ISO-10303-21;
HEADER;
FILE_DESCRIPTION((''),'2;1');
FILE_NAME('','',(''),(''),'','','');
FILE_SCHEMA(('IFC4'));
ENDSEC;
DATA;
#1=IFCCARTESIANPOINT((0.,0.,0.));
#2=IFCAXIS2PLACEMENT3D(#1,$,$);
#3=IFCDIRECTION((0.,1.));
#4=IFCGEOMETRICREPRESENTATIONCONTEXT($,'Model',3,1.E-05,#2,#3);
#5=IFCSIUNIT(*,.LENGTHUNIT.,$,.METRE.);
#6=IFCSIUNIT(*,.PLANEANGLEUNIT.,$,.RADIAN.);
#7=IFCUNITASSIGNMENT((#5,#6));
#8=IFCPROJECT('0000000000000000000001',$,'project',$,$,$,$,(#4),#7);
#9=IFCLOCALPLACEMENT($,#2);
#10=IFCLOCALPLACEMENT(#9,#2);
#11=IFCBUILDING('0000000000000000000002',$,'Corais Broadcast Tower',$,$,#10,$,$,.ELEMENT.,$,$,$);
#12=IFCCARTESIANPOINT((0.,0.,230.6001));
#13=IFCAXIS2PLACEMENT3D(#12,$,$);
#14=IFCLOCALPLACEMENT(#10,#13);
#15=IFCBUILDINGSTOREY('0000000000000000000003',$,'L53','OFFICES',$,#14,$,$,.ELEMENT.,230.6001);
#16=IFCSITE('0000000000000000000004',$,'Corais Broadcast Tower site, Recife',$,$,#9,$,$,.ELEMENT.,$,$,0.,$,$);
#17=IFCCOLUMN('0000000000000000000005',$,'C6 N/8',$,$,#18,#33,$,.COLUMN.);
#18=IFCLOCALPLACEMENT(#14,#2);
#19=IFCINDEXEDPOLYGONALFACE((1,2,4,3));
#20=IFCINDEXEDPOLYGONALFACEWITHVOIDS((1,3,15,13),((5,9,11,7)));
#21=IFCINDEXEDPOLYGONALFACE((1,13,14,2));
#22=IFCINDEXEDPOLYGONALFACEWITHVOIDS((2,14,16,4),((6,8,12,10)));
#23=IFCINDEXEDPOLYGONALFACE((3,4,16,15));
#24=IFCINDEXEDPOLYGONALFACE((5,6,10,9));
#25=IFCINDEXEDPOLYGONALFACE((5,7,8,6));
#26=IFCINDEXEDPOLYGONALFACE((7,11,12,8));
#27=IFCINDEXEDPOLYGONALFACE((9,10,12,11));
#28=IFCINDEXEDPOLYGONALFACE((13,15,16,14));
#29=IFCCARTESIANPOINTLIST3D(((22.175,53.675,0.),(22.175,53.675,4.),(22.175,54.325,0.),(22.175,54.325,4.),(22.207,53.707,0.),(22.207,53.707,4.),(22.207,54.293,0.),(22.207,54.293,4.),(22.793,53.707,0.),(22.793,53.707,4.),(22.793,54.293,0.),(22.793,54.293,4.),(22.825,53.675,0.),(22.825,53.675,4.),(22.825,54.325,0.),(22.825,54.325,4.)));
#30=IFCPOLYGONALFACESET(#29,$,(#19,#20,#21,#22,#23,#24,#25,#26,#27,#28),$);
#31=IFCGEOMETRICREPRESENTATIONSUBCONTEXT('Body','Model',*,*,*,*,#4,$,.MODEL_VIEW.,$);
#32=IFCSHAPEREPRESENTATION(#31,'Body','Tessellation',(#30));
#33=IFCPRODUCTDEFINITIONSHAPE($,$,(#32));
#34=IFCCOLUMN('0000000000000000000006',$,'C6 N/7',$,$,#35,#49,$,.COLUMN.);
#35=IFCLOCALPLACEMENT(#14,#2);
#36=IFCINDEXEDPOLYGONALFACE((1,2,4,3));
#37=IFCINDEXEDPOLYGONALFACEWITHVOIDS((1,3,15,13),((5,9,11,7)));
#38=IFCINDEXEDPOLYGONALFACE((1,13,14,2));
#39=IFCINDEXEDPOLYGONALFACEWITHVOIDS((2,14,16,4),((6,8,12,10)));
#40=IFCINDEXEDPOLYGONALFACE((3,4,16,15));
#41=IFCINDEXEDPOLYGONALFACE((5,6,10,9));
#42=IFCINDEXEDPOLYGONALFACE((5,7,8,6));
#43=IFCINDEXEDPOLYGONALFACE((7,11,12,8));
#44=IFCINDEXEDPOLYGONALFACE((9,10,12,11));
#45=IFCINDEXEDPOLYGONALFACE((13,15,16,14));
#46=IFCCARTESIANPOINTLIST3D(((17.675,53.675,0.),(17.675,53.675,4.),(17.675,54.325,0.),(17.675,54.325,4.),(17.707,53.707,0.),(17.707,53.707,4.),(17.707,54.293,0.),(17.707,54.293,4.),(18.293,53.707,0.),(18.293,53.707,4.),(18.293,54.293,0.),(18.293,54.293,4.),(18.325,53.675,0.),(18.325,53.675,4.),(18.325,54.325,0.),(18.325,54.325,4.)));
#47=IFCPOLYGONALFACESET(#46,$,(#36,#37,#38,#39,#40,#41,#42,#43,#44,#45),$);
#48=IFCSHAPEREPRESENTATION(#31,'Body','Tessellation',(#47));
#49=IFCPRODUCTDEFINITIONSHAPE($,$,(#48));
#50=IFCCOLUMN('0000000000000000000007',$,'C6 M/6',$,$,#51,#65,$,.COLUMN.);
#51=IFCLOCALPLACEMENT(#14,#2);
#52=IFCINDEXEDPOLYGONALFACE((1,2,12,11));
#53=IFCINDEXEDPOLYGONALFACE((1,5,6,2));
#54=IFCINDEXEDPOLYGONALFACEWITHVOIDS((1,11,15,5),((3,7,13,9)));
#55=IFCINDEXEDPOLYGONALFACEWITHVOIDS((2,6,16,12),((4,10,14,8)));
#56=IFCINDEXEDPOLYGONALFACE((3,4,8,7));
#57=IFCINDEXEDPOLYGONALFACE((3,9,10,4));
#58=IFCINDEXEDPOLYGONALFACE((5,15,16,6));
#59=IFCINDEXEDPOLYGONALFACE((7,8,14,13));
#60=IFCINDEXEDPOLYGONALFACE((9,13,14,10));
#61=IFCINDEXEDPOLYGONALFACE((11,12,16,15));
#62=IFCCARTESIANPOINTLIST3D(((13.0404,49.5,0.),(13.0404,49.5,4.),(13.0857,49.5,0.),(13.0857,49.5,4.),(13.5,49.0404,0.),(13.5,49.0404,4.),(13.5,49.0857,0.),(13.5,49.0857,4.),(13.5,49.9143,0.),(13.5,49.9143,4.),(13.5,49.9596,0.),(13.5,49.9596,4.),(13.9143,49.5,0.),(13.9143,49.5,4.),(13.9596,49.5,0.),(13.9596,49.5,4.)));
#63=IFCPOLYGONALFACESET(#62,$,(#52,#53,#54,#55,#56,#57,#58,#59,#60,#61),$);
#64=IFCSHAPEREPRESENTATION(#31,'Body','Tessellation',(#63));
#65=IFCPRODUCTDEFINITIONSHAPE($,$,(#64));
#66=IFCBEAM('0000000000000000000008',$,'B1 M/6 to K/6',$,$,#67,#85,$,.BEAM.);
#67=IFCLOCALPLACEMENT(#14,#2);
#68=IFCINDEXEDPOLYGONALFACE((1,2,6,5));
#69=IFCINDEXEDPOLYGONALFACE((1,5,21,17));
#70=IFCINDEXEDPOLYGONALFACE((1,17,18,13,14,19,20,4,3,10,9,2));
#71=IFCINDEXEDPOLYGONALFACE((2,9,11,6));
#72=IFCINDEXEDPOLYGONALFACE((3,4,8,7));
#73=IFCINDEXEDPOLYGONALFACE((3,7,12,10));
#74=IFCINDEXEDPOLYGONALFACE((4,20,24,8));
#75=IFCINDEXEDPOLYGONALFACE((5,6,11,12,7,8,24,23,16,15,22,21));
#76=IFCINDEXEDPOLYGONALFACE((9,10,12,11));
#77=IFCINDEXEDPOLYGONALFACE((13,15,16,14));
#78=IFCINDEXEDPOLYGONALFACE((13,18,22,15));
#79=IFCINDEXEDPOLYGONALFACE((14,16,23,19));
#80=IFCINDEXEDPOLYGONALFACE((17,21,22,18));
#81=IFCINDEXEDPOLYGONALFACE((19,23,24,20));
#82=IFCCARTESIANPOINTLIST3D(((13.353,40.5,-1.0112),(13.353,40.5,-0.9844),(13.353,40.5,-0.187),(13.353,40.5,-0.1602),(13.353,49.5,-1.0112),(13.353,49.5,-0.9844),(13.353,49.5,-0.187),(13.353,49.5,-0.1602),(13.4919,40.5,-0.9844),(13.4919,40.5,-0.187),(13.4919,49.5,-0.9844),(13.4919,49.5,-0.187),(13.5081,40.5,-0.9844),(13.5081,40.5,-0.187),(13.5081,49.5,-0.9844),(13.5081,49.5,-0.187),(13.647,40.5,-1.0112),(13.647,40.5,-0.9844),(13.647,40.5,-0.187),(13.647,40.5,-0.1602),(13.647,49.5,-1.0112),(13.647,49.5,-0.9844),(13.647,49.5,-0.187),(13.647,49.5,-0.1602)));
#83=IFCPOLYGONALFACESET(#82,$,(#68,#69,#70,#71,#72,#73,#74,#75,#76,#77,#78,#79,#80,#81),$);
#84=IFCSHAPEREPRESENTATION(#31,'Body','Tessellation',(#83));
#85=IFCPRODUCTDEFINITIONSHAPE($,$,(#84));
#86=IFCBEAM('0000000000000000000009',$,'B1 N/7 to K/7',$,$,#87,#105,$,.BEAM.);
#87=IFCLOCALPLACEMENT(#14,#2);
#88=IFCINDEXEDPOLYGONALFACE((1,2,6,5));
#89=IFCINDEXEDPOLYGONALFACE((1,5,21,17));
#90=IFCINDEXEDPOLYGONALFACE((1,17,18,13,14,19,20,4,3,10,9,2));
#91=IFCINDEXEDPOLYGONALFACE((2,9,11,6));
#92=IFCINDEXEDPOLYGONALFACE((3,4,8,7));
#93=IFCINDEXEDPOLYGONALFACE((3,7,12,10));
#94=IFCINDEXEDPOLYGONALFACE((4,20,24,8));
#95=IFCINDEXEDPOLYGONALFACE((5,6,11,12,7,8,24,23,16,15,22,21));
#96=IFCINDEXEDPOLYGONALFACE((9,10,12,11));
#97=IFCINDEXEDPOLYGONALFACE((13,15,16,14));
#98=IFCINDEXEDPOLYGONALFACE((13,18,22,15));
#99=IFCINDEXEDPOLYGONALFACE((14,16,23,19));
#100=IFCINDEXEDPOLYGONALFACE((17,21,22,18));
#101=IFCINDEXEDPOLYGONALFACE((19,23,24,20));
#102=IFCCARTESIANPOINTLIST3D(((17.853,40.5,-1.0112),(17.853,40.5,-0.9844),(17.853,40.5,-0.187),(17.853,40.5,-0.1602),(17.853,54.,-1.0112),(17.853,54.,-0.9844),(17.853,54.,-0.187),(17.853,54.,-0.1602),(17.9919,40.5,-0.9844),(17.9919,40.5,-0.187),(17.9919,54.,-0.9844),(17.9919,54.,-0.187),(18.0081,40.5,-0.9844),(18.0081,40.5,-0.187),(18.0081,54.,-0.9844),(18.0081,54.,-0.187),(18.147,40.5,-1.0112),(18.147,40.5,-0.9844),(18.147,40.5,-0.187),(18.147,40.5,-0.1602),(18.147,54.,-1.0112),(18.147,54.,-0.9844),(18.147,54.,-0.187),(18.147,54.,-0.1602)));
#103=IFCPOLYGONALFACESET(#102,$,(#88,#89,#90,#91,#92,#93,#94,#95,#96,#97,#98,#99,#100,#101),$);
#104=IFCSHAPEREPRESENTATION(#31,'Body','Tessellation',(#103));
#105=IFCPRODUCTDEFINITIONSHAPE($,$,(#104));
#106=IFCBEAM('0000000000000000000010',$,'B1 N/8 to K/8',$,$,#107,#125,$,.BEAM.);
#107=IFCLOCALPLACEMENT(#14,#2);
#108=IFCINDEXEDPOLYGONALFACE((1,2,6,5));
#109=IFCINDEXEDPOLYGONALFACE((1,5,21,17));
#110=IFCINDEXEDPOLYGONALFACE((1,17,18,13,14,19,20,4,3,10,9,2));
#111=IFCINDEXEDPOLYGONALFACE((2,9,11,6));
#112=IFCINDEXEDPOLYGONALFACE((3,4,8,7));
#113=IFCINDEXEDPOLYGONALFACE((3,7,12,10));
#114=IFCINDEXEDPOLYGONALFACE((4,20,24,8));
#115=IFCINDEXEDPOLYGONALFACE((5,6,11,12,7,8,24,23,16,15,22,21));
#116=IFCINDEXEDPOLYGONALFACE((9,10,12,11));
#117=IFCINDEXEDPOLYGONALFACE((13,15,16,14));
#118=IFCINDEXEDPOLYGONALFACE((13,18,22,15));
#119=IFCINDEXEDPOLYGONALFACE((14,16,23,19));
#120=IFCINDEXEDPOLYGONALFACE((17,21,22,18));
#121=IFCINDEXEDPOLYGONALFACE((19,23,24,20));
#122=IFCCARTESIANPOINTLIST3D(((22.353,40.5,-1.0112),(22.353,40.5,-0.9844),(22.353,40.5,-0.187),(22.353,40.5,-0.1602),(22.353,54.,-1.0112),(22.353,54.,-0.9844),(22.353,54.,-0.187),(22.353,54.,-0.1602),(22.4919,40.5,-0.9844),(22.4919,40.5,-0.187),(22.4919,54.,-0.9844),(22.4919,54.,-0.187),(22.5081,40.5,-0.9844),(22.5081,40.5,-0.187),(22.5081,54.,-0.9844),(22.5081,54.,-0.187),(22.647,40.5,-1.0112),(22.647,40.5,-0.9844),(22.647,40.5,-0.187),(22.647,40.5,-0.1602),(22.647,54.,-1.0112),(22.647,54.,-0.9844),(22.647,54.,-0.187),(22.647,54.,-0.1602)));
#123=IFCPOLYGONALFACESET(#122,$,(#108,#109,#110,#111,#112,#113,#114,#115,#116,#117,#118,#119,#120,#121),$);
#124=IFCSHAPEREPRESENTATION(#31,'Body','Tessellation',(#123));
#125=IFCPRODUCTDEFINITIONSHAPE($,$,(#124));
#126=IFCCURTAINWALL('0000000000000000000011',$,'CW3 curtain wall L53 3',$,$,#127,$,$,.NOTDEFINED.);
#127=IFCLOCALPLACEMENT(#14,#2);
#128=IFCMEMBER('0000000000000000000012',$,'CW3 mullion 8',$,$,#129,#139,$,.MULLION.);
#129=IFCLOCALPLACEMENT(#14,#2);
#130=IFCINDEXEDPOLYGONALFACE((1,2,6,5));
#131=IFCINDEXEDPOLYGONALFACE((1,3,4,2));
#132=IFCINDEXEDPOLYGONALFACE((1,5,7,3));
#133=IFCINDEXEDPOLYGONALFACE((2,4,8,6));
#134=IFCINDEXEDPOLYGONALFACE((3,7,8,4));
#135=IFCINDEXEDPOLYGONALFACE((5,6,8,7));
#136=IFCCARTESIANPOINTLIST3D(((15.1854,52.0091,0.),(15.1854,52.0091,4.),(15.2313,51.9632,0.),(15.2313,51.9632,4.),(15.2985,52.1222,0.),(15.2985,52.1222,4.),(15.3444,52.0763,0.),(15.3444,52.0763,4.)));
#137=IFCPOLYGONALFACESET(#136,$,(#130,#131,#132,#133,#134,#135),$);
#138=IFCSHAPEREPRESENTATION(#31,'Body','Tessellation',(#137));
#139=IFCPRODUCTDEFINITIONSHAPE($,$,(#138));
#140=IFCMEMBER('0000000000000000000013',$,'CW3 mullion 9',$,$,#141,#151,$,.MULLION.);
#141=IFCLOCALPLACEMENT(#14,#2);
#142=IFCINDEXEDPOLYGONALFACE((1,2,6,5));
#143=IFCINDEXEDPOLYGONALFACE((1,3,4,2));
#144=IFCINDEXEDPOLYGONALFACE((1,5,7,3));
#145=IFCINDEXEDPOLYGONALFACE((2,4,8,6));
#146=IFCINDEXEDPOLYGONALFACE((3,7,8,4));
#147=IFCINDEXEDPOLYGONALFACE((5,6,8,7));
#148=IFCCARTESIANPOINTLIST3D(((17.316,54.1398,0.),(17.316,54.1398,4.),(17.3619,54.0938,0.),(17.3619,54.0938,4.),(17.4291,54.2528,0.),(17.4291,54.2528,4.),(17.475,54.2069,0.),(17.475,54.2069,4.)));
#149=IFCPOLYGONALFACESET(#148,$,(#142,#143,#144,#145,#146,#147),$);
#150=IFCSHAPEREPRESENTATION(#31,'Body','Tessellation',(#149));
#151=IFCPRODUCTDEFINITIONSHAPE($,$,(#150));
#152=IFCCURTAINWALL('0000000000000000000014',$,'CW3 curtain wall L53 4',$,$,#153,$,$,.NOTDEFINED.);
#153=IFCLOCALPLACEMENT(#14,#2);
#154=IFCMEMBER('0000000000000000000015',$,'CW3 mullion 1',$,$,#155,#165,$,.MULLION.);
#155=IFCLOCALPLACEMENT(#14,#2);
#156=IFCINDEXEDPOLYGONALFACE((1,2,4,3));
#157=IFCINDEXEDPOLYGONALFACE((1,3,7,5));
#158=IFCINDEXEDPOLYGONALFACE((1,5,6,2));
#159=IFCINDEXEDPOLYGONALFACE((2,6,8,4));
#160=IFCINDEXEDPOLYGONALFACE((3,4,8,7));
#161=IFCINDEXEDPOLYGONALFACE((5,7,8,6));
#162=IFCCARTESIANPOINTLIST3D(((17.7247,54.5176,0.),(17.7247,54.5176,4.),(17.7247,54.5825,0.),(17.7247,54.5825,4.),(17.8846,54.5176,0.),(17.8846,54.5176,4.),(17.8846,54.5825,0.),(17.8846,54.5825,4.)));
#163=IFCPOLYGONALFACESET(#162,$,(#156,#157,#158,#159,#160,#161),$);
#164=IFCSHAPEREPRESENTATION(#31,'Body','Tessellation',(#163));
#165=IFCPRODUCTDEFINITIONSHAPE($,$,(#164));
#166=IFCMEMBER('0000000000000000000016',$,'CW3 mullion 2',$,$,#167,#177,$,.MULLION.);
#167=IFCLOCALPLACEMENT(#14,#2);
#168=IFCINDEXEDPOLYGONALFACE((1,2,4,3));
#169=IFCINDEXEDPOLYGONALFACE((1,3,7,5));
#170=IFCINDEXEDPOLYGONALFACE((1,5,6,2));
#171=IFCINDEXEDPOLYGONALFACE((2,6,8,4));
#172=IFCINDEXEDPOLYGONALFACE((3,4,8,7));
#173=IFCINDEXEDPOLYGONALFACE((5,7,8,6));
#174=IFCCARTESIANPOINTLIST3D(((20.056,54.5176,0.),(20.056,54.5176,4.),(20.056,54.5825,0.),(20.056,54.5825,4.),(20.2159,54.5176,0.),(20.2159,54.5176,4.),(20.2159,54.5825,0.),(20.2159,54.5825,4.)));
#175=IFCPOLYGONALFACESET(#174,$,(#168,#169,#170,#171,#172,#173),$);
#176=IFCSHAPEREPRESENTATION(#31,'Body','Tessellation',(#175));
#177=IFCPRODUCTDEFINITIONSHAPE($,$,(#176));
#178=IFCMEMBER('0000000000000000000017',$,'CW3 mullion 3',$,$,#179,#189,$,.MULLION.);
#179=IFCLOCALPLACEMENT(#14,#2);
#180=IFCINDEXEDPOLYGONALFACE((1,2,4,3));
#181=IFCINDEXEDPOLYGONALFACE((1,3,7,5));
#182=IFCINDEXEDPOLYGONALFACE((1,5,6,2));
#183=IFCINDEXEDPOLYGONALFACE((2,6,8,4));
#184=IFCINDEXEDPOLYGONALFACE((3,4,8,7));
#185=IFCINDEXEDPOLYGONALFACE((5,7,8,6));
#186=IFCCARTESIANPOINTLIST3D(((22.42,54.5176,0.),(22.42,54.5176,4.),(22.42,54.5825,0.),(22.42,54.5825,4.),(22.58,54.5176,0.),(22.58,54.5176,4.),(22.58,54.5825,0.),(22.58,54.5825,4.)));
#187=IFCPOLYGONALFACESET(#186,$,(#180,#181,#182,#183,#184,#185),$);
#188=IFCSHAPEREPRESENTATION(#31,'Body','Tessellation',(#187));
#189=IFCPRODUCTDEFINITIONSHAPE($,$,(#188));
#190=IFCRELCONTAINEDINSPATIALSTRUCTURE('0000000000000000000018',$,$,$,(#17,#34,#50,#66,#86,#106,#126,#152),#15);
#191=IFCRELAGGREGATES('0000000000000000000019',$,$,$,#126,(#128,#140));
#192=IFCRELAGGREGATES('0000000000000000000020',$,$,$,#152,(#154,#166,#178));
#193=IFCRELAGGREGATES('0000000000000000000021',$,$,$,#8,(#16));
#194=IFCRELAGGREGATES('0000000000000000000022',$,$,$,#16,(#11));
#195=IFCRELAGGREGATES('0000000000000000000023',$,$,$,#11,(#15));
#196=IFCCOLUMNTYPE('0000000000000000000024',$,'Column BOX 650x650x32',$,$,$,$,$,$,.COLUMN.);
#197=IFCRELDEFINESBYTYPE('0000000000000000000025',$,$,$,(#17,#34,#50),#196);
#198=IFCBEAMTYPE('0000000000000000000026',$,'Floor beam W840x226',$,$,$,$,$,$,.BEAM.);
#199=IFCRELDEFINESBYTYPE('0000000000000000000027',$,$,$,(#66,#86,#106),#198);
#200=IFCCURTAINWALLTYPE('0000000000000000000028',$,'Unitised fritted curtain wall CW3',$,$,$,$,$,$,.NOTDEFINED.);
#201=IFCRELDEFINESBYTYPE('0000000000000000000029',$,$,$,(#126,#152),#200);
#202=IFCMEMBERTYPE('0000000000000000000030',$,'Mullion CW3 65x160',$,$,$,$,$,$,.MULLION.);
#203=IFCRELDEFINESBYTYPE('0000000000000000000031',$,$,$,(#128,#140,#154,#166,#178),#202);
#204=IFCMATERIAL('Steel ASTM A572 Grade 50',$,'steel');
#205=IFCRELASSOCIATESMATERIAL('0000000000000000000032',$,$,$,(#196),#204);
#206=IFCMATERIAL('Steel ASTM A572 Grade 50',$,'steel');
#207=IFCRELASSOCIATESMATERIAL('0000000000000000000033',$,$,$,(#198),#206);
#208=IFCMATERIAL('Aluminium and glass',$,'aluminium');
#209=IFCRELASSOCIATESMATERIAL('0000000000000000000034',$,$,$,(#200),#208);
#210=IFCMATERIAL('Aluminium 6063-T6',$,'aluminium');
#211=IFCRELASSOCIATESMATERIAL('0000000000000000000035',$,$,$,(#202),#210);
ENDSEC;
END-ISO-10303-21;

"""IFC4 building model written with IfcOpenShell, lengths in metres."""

from ifc_helpers import new_model, si_unit, direction, frame, origin, origin_2d, place, context, subcontext, project, spatial, rectangle, hollow_rectangle, i_section, extrude, material, material_profile, profile_set, type_object, element, aggregate, save


model = new_model("IFC4")

# Units and contexts
model_context = context("Model", 3, precision=1e-05, world=origin(), true_north=direction((0.0, 1.0)))
body_context = subcontext(model_context, "Body", "Model", "MODEL_VIEW")
ifc_project = project(units=[si_unit("LENGTHUNIT", "METRE"), si_unit("PLANEANGLEUNIT", "RADIAN")], contexts=[model_context])

# Site, building, storey
site_placement = place(None, origin())
site = spatial("IfcSite", under=ifc_project, at=site_placement, Name="Corais Broadcast Tower site, Recife", CompositionType="ELEMENT", RefElevation=0.0)
building_placement = place(site_placement, origin())
building = spatial("IfcBuilding", under=site, at=building_placement, Name="Corais Broadcast Tower", CompositionType="ELEMENT")
storey_placement = place(building_placement, frame((0.0, 0.0, 230.6001)))
storey = spatial("IfcBuildingStorey", under=building, at=storey_placement, Name="L53", Description="OFFICES", CompositionType="ELEMENT", Elevation=230.6001)

# Columns
ifc_material_1 = material(Name="Steel ASTM A572 Grade 50", Category="steel")
ifc_material_profile_1 = material_profile(ifc_material_1, hollow_rectangle(XDim=0.6499, YDim=0.6499, WallThickness=0.032, at=origin_2d()), Name="BOX 650x650x32")
ifc_profile_set_1 = profile_set([ifc_material_profile_1], Name="Steel ASTM A572 Grade 50")
column_type = type_object("IfcColumnType", Name="Column BOX 650x650x32", PredefinedType="COLUMN", material=ifc_profile_set_1)
for number, where, z_axis, x_axis, name in (
    (1, (22.5, 54.0, 0.0), (0.0, 0.0, 1.0), (1.0, 0.0, 0.0), "C6 N/8"),
    (2, (18.0, 54.0, 0.0), (0.0, 0.0, 1.0), (1.0, 0.0, 0.0), "C6 N/7"),
    (3, (13.5, 49.5, 0.0), (0.0, 0.0, 1.0), (0.707107, 0.707107, 0.0), "C6 M/6"),
):
    element("IfcColumn", number, at=place(storey_placement, frame(where, z_axis=z_axis, x_axis=x_axis)), inside=storey, type_object=column_type, Name=name, PredefinedType="COLUMN", context=body_context, shape_type="SweptSolid", body=[
        extrude(hollow_rectangle(XDim=0.6499, YDim=0.6499, WallThickness=0.032, at=origin_2d()), origin(), (0.0, 0.0, 1.0), 4.0),
    ])

# Beams
ifc_material_2 = material(Name="Steel ASTM A572 Grade 50", Category="steel")
ifc_material_profile_2 = material_profile(ifc_material_2, i_section(OverallWidth=0.2939, OverallDepth=0.8511, WebThickness=0.0161, FlangeThickness=0.0269, at=origin_2d()), Name="W840x226")
ifc_profile_set_2 = profile_set([ifc_material_profile_2], Name="Steel ASTM A572 Grade 50")
beam_type_1 = type_object("IfcBeamType", Name="Floor beam W840x226", PredefinedType="BEAM", material=ifc_profile_set_2)
beam_1_placement = place(storey_placement, frame((13.5, 49.5, -0.5857), z_axis=(0.0, -1.0, 0.0), x_axis=(1.0, 0.0, 0.0)))
element("IfcBeam", 4, at=beam_1_placement, inside=storey, type_object=beam_type_1, Name="B1 M/6 to K/6", PredefinedType="BEAM", context=body_context, shape_type="SweptSolid", body=[
    extrude(i_section(OverallWidth=0.2939, OverallDepth=0.8511, WebThickness=0.0161, FlangeThickness=0.0269, at=origin_2d()), origin(), (0.0, 0.0, 1.0), 9.0),
])
for number, where, z_axis, x_axis, name in (
    (5, (18.0, 54.0, -0.5857), (0.0, -1.0, 0.0), (1.0, 0.0, 0.0), "B1 N/7 to K/7"),
    (6, (22.5, 54.0, -0.5857), (0.0, -1.0, 0.0), (1.0, 0.0, 0.0), "B1 N/8 to K/8"),
):
    element("IfcBeam", number, at=place(storey_placement, frame(where, z_axis=z_axis, x_axis=x_axis)), inside=storey, type_object=beam_type_1, Name=name, PredefinedType="BEAM", context=body_context, shape_type="SweptSolid", body=[
        extrude(i_section(OverallWidth=0.2939, OverallDepth=0.8511, WebThickness=0.0161, FlangeThickness=0.0269, at=origin_2d()), origin(), (0.0, 0.0, 1.0), 13.5),
    ])

# Curtain walls, members
ifc_material_3 = material(Name="Aluminium and glass", Category="aluminium")
curtain_wall_type = type_object("IfcCurtainWallType", Name="Unitised fritted curtain wall CW3", PredefinedType="NOTDEFINED", material=ifc_material_3)
curtain_wall_1_placement = place(storey_placement, origin())
curtain_wall_1 = element("IfcCurtainWall", 7, at=curtain_wall_1_placement, inside=storey, type_object=curtain_wall_type, Name="CW3 curtain wall L53 3", PredefinedType="NOTDEFINED")
ifc_material_4 = material(Name="Aluminium 6063-T6", Category="aluminium")
ifc_material_profile_3 = material_profile(ifc_material_4, rectangle(XDim=0.0649, YDim=0.1599, at=origin_2d()), Name="Mullion CW3 65x160")
ifc_profile_set_3 = profile_set([ifc_material_profile_3], Name="Aluminium 6063-T6")
member_type_1 = type_object("IfcMemberType", Name="Mullion CW3 65x160", PredefinedType="MULLION", material=ifc_profile_set_3)
member_1_placement = place(storey_placement, frame((15.2649, 52.0427, 0.0), z_axis=(0.0, 0.0, 1.0), x_axis=(-0.707107, 0.707107, 0.0)))
member_1 = element("IfcMember", 8, at=member_1_placement, type_object=member_type_1, Name="CW3 mullion 8", PredefinedType="MULLION", context=body_context, shape_type="SweptSolid", body=[
    extrude(rectangle(XDim=0.0649, YDim=0.1599, at=origin_2d()), origin(), (0.0, 0.0, 1.0), 4.0),
])
member_2_placement = place(storey_placement, frame((17.3955, 54.1733, 0.0), z_axis=(0.0, 0.0, 1.0), x_axis=(-0.707107, 0.707107, 0.0)))
member_2 = element("IfcMember", 9, at=member_2_placement, type_object=member_type_1, Name="CW3 mullion 9", PredefinedType="MULLION", context=body_context, shape_type="SweptSolid", body=[
    extrude(rectangle(XDim=0.0649, YDim=0.1599, at=origin_2d()), origin(), (0.0, 0.0, 1.0), 4.0),
])
curtain_wall_2_placement = place(storey_placement, origin())
curtain_wall_2 = element("IfcCurtainWall", 10, at=curtain_wall_2_placement, inside=storey, type_object=curtain_wall_type, Name="CW3 curtain wall L53 4", PredefinedType="NOTDEFINED")
member_3_placement = place(storey_placement, frame((17.8047, 54.55, 0.0), z_axis=(0.0, 0.0, 1.0), x_axis=(0.0, 1.0, 0.0)))
member_3 = element("IfcMember", 11, at=member_3_placement, type_object=member_type_1, Name="CW3 mullion 1", PredefinedType="MULLION", context=body_context, shape_type="SweptSolid", body=[
    extrude(rectangle(XDim=0.0649, YDim=0.1599, at=origin_2d()), origin(), (0.0, 0.0, 1.0), 4.0),
])
member_4_placement = place(storey_placement, frame((20.136, 54.55, 0.0), z_axis=(0.0, 0.0, 1.0), x_axis=(0.0, 1.0, 0.0)))
member_4 = element("IfcMember", 12, at=member_4_placement, type_object=member_type_1, Name="CW3 mullion 2", PredefinedType="MULLION", context=body_context, shape_type="SweptSolid", body=[
    extrude(rectangle(XDim=0.0649, YDim=0.1599, at=origin_2d()), origin(), (0.0, 0.0, 1.0), 4.0),
])
member_5_placement = place(storey_placement, frame((22.5, 54.55, 0.0), z_axis=(0.0, 0.0, 1.0), x_axis=(0.0, 1.0, 0.0)))
member_5 = element("IfcMember", 13, at=member_5_placement, type_object=member_type_1, Name="CW3 mullion 3", PredefinedType="MULLION", context=body_context, shape_type="SweptSolid", body=[
    extrude(rectangle(XDim=0.0649, YDim=0.1599, at=origin_2d()), origin(), (0.0, 0.0, 1.0), 4.0),
])

aggregate(curtain_wall_1, [member_1, member_2])
aggregate(curtain_wall_2, [member_3, member_4, member_5])

save(model, "model.ifc")
